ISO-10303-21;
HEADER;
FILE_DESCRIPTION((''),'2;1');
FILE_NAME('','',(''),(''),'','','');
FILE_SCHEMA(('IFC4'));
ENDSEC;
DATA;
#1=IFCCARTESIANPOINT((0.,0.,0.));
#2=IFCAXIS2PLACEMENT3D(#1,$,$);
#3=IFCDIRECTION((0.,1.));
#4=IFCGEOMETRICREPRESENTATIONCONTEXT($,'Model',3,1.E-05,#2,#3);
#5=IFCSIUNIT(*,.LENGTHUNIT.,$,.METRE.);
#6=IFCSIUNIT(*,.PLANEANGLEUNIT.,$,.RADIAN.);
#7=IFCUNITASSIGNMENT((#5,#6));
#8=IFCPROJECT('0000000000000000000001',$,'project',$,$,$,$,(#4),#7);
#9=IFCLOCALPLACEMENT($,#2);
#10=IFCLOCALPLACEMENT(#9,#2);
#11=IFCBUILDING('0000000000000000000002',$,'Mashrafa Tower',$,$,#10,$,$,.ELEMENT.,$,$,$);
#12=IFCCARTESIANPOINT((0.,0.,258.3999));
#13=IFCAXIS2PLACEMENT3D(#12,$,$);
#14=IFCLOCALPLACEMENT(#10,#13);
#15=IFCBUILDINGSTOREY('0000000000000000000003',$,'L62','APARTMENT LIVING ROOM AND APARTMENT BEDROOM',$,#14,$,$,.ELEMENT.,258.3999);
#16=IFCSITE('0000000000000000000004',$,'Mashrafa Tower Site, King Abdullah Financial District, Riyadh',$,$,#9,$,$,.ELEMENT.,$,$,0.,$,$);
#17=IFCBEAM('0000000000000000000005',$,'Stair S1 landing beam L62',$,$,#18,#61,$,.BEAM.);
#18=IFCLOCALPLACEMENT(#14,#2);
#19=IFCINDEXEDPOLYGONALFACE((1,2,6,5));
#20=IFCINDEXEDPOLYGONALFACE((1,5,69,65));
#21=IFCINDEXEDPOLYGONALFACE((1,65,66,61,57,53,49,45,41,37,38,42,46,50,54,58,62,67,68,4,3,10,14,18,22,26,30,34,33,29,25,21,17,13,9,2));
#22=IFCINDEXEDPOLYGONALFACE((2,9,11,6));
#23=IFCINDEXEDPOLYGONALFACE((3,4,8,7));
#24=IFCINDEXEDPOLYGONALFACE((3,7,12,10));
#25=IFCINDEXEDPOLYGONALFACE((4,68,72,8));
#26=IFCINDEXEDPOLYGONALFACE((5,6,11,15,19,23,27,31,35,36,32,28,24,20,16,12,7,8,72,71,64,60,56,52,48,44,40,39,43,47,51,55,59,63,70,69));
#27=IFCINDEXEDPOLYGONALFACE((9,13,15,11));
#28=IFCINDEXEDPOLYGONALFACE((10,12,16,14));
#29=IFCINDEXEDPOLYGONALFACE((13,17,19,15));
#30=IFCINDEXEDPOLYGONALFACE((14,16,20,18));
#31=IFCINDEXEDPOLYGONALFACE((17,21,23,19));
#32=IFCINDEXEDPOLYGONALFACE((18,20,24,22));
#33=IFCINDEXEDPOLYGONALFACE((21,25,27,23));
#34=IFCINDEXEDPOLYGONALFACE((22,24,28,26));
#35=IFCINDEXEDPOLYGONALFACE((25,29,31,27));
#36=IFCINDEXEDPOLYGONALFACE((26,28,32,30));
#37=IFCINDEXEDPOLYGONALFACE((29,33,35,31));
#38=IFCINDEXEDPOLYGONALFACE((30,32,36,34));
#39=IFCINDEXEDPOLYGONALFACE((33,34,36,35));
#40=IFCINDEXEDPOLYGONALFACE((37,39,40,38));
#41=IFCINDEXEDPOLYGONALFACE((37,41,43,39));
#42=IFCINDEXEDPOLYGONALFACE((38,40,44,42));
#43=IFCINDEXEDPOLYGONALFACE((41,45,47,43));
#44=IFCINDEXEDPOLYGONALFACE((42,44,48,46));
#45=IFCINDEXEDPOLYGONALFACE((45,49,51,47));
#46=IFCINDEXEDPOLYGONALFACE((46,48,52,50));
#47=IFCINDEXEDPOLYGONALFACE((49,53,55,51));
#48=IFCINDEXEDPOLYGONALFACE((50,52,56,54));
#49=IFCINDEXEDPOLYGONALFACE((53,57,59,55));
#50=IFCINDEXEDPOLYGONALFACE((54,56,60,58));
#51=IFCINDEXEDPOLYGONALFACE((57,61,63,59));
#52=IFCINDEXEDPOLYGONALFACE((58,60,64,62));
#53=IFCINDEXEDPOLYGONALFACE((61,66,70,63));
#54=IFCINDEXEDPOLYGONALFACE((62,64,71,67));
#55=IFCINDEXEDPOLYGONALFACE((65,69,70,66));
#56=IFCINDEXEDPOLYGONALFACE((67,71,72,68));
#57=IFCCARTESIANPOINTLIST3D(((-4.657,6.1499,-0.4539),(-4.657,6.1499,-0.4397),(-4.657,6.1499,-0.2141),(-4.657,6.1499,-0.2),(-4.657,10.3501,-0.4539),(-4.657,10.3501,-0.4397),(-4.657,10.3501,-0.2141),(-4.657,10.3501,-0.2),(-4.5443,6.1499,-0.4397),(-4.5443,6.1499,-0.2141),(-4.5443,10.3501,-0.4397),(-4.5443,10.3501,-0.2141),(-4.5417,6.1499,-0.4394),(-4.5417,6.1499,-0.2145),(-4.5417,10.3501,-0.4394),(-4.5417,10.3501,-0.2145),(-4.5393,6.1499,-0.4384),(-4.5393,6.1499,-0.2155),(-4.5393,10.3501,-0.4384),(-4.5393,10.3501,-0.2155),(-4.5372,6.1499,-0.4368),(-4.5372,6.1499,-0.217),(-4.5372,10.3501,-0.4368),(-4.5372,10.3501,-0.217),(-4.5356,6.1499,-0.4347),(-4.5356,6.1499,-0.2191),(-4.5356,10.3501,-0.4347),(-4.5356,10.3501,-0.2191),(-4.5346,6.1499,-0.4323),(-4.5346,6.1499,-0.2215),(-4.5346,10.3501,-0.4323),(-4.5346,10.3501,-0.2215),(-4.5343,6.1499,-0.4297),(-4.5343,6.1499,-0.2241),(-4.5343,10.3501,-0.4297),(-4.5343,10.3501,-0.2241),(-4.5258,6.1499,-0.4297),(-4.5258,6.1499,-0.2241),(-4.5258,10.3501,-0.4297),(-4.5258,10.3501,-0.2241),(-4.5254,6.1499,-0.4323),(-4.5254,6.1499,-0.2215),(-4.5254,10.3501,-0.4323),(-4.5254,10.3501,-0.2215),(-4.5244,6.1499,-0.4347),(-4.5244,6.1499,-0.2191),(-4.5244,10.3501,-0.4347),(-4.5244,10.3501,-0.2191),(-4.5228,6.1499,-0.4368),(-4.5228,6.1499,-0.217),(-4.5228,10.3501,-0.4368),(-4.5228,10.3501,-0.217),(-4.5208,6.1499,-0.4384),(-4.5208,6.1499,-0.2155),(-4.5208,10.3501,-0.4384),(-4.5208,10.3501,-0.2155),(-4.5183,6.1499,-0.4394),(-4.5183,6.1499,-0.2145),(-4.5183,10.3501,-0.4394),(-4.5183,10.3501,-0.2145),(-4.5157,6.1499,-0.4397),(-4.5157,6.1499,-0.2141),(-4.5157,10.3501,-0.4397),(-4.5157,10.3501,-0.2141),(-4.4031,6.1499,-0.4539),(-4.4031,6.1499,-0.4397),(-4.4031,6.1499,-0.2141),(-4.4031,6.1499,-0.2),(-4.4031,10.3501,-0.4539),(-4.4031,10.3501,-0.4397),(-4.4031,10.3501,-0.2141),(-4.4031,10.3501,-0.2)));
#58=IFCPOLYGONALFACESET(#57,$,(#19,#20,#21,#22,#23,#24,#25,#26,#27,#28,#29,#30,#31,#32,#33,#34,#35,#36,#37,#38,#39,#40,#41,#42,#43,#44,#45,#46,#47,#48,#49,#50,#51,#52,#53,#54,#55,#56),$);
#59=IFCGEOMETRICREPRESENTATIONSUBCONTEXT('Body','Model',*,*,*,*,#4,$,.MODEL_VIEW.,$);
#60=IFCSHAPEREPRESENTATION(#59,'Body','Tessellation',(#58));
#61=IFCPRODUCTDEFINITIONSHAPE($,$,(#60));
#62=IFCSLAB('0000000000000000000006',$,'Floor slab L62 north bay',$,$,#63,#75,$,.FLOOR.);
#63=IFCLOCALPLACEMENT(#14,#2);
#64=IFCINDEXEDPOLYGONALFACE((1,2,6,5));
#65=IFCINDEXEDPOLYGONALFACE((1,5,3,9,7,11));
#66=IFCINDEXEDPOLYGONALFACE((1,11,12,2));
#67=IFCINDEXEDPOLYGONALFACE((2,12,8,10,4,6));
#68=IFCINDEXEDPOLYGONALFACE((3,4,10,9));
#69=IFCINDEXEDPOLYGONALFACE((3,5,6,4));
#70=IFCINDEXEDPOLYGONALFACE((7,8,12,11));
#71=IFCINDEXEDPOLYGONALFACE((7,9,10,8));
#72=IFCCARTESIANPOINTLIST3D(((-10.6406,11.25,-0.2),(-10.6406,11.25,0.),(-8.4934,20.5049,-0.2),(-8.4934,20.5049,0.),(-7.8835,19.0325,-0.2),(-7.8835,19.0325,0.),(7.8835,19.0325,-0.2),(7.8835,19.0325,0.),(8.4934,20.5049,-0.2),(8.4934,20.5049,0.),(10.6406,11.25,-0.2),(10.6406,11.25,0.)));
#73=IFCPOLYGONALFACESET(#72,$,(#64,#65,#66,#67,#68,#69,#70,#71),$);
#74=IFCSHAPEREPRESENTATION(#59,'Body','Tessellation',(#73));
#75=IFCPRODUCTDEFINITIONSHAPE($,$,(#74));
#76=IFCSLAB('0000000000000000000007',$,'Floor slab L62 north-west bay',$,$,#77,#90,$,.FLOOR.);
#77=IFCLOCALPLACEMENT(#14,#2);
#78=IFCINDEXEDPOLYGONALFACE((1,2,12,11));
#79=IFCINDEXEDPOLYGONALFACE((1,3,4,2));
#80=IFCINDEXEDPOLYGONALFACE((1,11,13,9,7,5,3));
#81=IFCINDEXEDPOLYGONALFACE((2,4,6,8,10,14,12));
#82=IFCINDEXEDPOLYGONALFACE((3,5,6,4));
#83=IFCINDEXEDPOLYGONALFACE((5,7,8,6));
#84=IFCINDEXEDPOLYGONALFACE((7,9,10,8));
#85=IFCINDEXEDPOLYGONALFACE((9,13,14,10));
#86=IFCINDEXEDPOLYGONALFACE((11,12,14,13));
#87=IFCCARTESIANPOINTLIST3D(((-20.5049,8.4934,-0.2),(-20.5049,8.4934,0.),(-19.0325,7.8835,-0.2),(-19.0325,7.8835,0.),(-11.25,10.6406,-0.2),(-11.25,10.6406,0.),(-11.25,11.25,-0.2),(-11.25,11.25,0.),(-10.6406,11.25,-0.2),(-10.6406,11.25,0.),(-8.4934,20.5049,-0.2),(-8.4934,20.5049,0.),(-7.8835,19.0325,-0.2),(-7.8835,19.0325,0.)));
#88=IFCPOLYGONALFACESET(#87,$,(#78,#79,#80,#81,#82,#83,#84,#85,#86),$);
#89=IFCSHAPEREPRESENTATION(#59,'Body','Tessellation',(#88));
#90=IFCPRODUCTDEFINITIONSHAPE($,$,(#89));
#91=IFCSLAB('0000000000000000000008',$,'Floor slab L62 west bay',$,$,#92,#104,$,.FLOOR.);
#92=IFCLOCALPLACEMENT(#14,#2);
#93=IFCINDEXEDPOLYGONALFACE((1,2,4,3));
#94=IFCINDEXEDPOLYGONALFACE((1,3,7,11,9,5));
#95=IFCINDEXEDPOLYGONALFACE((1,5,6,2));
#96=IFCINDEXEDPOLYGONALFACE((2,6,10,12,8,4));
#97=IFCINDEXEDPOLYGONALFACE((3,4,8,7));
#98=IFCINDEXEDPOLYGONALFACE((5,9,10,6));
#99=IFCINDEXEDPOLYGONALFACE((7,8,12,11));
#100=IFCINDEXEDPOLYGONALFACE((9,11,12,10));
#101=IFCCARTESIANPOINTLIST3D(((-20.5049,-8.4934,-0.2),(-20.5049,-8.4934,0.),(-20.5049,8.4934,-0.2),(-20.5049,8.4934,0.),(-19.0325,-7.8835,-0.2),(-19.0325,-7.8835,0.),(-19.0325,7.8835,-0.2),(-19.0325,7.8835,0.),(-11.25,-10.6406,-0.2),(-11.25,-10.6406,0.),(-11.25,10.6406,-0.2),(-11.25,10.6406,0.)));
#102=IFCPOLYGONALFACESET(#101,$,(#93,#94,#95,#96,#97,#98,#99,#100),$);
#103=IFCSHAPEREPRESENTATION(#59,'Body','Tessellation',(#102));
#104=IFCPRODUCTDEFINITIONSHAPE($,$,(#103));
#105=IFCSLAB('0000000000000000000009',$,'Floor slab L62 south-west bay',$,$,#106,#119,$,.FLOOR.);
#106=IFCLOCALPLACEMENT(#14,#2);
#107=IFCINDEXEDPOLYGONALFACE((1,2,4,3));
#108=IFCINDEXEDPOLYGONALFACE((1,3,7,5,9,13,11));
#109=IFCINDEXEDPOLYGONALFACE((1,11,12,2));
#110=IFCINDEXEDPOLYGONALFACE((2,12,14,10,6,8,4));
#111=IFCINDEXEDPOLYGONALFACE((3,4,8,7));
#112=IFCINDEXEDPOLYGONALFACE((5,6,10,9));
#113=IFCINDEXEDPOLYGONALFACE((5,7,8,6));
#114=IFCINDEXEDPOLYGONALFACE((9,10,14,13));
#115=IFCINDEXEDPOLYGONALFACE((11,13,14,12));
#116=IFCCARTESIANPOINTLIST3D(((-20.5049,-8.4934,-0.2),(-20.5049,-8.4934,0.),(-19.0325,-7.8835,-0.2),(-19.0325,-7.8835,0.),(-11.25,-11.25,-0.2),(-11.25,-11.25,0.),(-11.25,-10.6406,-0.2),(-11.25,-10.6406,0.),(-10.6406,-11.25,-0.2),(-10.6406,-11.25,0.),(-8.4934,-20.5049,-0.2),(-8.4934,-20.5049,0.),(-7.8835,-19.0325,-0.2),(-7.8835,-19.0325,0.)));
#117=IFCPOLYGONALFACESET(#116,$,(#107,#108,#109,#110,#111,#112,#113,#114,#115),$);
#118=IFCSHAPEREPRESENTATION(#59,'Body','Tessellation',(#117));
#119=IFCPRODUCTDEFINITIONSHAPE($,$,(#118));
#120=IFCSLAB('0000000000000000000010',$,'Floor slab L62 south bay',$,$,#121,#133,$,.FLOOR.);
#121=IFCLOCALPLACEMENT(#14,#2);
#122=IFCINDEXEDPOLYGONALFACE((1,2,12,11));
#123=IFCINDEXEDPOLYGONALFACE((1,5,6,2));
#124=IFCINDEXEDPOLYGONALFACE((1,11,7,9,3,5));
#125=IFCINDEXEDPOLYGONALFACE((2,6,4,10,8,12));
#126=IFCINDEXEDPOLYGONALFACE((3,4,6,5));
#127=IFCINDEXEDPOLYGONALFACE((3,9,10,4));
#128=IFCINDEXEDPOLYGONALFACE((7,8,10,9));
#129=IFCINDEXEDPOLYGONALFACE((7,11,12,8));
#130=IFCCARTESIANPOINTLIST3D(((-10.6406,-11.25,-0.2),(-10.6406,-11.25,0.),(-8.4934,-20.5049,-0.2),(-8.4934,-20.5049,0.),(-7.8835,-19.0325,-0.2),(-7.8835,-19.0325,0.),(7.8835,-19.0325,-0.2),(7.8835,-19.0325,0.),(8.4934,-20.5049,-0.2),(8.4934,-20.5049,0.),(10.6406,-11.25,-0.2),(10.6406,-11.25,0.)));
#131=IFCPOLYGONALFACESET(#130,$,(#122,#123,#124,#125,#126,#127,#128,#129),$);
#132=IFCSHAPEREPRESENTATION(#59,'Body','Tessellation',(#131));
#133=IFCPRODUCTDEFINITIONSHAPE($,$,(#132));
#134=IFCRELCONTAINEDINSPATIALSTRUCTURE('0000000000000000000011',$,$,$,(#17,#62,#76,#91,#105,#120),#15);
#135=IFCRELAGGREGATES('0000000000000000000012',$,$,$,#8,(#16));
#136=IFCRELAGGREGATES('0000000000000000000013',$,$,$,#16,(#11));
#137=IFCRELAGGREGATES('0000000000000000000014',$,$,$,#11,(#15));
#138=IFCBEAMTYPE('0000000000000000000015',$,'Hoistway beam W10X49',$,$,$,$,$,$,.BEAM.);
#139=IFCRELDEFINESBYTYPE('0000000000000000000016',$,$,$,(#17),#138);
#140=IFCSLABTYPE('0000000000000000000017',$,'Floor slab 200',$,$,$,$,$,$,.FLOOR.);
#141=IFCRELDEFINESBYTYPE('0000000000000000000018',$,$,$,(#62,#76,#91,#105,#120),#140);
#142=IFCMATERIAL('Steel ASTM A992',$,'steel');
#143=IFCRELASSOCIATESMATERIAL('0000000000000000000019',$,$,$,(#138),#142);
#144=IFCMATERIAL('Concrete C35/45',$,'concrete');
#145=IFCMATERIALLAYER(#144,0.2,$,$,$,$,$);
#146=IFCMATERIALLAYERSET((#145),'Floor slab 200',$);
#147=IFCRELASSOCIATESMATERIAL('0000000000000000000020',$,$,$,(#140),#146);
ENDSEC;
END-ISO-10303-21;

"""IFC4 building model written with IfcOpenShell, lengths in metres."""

from ifc_helpers import new_model, si_unit, direction, frame, origin, origin_2d, place, context, subcontext, project, spatial, polyline, i_section, outline, extrude, material, layer, layer_set, material_profile, profile_set, type_object, element, save


model = new_model("IFC4")

# Units and contexts
model_context = context("Model", 3, precision=1e-05, world=origin(), true_north=direction((0.0, 1.0)))
body_context = subcontext(model_context, "Body", "Model", "MODEL_VIEW")
ifc_project = project(units=[si_unit("LENGTHUNIT", "METRE"), si_unit("PLANEANGLEUNIT", "RADIAN")], contexts=[model_context])

# Site, building, storey
site_placement = place(None, origin())
site = spatial("IfcSite", under=ifc_project, at=site_placement, Name="Mashrafa Tower Site, King Abdullah Financial District, Riyadh", CompositionType="ELEMENT", RefElevation=0.0)
building_placement = place(site_placement, origin())
building = spatial("IfcBuilding", under=site, at=building_placement, Name="Mashrafa Tower", CompositionType="ELEMENT")
storey_placement = place(building_placement, frame((0.0, 0.0, 258.3999)))
storey = spatial("IfcBuildingStorey", under=building, at=storey_placement, Name="L62", Description="APARTMENT LIVING ROOM AND APARTMENT BEDROOM", CompositionType="ELEMENT", Elevation=258.3999)

# Beam
ifc_material_1 = material(Name="Steel ASTM A992", Category="steel")
ifc_material_profile = material_profile(ifc_material_1, i_section(OverallWidth=0.2539, OverallDepth=0.2539, WebThickness=0.0085, FlangeThickness=0.0142, FilletRadius=0.01, at=origin_2d()), Name="W10X49")
ifc_profile_set = profile_set([ifc_material_profile], Name="Steel ASTM A992")
beam_type = type_object("IfcBeamType", Name="Hoistway beam W10X49", PredefinedType="BEAM", material=ifc_profile_set)
beam_placement = place(storey_placement, frame((-4.53, 6.1499, -0.3269), z_axis=(0.0, 1.0, 0.0), x_axis=(-1.0, 0.0, 0.0)))
element("IfcBeam", 1, at=beam_placement, inside=storey, type_object=beam_type, Name="Stair S1 landing beam L62", PredefinedType="BEAM", context=body_context, shape_type="SweptSolid", body=[
    extrude(i_section(OverallWidth=0.2539, OverallDepth=0.2539, WebThickness=0.0085, FlangeThickness=0.0142, FilletRadius=0.01, at=origin_2d()), origin(), (0.0, 0.0, 1.0), 4.2002),
])

# Slabs
ifc_material_2 = material(Name="Concrete C35/45", Category="concrete")
ifc_layer_1 = layer(ifc_material_2, 0.2)
ifc_layer_set_1 = layer_set([ifc_layer_1], Name="Floor slab 200")
slab_type = type_object("IfcSlabType", Name="Floor slab 200", PredefinedType="FLOOR", material=ifc_layer_set_1)
slab_1_placement = place(storey_placement, frame((0.0, 0.0, -0.2)))
element("IfcSlab", 2, at=slab_1_placement, inside=storey, type_object=slab_type, Name="Floor slab L62 north bay", PredefinedType="FLOOR", context=body_context, shape_type="SweptSolid", body=[
    extrude(outline(polyline([(-8.4934, 20.5049), (8.4934, 20.5049), (8.4934, 20.5049), (7.8835, 19.0325), (10.6406, 11.25), (-10.6406, 11.25), (-7.8835, 19.0325), (-8.4934, 20.5049), (-8.4934, 20.5049)])), origin(), (0.0, 0.0, 1.0), 0.2),
])
slab_2_placement = place(storey_placement, frame((0.0, 0.0, -0.2)))
element("IfcSlab", 3, at=slab_2_placement, inside=storey, type_object=slab_type, Name="Floor slab L62 north-west bay", PredefinedType="FLOOR", context=body_context, shape_type="SweptSolid", body=[
    extrude(outline(polyline([(-8.4934, 20.5049), (-7.8835, 19.0325), (-10.6406, 11.25), (-11.25, 11.25), (-11.25, 10.6406), (-19.0325, 7.8835), (-20.5049, 8.4934), (-8.4934, 20.5049)])), origin(), (0.0, 0.0, 1.0), 0.2),
])
slab_3_placement = place(storey_placement, frame((0.0, 0.0, -0.2)))
element("IfcSlab", 4, at=slab_3_placement, inside=storey, type_object=slab_type, Name="Floor slab L62 west bay", PredefinedType="FLOOR", context=body_context, shape_type="SweptSolid", body=[
    extrude(outline(polyline([(-20.5049, -8.4934), (-20.5049, 8.4934), (-20.5049, 8.4934), (-19.0325, 7.8835), (-11.25, 10.6406), (-11.25, -10.6406), (-19.0325, -7.8835), (-20.5049, -8.4934), (-20.5049, -8.4934)])), origin(), (0.0, 0.0, 1.0), 0.2),
])
slab_4_placement = place(storey_placement, frame((0.0, 0.0, -0.2)))
element("IfcSlab", 5, at=slab_4_placement, inside=storey, type_object=slab_type, Name="Floor slab L62 south-west bay", PredefinedType="FLOOR", context=body_context, shape_type="SweptSolid", body=[
    extrude(outline(polyline([(-20.5049, -8.4934), (-19.0325, -7.8835), (-11.25, -10.6406), (-11.25, -11.25), (-10.6406, -11.25), (-7.8835, -19.0325), (-8.4934, -20.5049), (-20.5049, -8.4934)])), origin(), (0.0, 0.0, 1.0), 0.2),
])
slab_5_placement = place(storey_placement, frame((0.0, 0.0, -0.2)))
element("IfcSlab", 6, at=slab_5_placement, inside=storey, type_object=slab_type, Name="Floor slab L62 south bay", PredefinedType="FLOOR", context=body_context, shape_type="SweptSolid", body=[
    extrude(outline(polyline([(-8.4934, -20.5049), (-8.4934, -20.5049), (-7.8835, -19.0325), (-10.6406, -11.25), (10.6406, -11.25), (7.8835, -19.0325), (8.4934, -20.5049), (8.4934, -20.5049), (-8.4934, -20.5049)])), origin(), (0.0, 0.0, 1.0), 0.2),
])

save(model, "model.ifc")
